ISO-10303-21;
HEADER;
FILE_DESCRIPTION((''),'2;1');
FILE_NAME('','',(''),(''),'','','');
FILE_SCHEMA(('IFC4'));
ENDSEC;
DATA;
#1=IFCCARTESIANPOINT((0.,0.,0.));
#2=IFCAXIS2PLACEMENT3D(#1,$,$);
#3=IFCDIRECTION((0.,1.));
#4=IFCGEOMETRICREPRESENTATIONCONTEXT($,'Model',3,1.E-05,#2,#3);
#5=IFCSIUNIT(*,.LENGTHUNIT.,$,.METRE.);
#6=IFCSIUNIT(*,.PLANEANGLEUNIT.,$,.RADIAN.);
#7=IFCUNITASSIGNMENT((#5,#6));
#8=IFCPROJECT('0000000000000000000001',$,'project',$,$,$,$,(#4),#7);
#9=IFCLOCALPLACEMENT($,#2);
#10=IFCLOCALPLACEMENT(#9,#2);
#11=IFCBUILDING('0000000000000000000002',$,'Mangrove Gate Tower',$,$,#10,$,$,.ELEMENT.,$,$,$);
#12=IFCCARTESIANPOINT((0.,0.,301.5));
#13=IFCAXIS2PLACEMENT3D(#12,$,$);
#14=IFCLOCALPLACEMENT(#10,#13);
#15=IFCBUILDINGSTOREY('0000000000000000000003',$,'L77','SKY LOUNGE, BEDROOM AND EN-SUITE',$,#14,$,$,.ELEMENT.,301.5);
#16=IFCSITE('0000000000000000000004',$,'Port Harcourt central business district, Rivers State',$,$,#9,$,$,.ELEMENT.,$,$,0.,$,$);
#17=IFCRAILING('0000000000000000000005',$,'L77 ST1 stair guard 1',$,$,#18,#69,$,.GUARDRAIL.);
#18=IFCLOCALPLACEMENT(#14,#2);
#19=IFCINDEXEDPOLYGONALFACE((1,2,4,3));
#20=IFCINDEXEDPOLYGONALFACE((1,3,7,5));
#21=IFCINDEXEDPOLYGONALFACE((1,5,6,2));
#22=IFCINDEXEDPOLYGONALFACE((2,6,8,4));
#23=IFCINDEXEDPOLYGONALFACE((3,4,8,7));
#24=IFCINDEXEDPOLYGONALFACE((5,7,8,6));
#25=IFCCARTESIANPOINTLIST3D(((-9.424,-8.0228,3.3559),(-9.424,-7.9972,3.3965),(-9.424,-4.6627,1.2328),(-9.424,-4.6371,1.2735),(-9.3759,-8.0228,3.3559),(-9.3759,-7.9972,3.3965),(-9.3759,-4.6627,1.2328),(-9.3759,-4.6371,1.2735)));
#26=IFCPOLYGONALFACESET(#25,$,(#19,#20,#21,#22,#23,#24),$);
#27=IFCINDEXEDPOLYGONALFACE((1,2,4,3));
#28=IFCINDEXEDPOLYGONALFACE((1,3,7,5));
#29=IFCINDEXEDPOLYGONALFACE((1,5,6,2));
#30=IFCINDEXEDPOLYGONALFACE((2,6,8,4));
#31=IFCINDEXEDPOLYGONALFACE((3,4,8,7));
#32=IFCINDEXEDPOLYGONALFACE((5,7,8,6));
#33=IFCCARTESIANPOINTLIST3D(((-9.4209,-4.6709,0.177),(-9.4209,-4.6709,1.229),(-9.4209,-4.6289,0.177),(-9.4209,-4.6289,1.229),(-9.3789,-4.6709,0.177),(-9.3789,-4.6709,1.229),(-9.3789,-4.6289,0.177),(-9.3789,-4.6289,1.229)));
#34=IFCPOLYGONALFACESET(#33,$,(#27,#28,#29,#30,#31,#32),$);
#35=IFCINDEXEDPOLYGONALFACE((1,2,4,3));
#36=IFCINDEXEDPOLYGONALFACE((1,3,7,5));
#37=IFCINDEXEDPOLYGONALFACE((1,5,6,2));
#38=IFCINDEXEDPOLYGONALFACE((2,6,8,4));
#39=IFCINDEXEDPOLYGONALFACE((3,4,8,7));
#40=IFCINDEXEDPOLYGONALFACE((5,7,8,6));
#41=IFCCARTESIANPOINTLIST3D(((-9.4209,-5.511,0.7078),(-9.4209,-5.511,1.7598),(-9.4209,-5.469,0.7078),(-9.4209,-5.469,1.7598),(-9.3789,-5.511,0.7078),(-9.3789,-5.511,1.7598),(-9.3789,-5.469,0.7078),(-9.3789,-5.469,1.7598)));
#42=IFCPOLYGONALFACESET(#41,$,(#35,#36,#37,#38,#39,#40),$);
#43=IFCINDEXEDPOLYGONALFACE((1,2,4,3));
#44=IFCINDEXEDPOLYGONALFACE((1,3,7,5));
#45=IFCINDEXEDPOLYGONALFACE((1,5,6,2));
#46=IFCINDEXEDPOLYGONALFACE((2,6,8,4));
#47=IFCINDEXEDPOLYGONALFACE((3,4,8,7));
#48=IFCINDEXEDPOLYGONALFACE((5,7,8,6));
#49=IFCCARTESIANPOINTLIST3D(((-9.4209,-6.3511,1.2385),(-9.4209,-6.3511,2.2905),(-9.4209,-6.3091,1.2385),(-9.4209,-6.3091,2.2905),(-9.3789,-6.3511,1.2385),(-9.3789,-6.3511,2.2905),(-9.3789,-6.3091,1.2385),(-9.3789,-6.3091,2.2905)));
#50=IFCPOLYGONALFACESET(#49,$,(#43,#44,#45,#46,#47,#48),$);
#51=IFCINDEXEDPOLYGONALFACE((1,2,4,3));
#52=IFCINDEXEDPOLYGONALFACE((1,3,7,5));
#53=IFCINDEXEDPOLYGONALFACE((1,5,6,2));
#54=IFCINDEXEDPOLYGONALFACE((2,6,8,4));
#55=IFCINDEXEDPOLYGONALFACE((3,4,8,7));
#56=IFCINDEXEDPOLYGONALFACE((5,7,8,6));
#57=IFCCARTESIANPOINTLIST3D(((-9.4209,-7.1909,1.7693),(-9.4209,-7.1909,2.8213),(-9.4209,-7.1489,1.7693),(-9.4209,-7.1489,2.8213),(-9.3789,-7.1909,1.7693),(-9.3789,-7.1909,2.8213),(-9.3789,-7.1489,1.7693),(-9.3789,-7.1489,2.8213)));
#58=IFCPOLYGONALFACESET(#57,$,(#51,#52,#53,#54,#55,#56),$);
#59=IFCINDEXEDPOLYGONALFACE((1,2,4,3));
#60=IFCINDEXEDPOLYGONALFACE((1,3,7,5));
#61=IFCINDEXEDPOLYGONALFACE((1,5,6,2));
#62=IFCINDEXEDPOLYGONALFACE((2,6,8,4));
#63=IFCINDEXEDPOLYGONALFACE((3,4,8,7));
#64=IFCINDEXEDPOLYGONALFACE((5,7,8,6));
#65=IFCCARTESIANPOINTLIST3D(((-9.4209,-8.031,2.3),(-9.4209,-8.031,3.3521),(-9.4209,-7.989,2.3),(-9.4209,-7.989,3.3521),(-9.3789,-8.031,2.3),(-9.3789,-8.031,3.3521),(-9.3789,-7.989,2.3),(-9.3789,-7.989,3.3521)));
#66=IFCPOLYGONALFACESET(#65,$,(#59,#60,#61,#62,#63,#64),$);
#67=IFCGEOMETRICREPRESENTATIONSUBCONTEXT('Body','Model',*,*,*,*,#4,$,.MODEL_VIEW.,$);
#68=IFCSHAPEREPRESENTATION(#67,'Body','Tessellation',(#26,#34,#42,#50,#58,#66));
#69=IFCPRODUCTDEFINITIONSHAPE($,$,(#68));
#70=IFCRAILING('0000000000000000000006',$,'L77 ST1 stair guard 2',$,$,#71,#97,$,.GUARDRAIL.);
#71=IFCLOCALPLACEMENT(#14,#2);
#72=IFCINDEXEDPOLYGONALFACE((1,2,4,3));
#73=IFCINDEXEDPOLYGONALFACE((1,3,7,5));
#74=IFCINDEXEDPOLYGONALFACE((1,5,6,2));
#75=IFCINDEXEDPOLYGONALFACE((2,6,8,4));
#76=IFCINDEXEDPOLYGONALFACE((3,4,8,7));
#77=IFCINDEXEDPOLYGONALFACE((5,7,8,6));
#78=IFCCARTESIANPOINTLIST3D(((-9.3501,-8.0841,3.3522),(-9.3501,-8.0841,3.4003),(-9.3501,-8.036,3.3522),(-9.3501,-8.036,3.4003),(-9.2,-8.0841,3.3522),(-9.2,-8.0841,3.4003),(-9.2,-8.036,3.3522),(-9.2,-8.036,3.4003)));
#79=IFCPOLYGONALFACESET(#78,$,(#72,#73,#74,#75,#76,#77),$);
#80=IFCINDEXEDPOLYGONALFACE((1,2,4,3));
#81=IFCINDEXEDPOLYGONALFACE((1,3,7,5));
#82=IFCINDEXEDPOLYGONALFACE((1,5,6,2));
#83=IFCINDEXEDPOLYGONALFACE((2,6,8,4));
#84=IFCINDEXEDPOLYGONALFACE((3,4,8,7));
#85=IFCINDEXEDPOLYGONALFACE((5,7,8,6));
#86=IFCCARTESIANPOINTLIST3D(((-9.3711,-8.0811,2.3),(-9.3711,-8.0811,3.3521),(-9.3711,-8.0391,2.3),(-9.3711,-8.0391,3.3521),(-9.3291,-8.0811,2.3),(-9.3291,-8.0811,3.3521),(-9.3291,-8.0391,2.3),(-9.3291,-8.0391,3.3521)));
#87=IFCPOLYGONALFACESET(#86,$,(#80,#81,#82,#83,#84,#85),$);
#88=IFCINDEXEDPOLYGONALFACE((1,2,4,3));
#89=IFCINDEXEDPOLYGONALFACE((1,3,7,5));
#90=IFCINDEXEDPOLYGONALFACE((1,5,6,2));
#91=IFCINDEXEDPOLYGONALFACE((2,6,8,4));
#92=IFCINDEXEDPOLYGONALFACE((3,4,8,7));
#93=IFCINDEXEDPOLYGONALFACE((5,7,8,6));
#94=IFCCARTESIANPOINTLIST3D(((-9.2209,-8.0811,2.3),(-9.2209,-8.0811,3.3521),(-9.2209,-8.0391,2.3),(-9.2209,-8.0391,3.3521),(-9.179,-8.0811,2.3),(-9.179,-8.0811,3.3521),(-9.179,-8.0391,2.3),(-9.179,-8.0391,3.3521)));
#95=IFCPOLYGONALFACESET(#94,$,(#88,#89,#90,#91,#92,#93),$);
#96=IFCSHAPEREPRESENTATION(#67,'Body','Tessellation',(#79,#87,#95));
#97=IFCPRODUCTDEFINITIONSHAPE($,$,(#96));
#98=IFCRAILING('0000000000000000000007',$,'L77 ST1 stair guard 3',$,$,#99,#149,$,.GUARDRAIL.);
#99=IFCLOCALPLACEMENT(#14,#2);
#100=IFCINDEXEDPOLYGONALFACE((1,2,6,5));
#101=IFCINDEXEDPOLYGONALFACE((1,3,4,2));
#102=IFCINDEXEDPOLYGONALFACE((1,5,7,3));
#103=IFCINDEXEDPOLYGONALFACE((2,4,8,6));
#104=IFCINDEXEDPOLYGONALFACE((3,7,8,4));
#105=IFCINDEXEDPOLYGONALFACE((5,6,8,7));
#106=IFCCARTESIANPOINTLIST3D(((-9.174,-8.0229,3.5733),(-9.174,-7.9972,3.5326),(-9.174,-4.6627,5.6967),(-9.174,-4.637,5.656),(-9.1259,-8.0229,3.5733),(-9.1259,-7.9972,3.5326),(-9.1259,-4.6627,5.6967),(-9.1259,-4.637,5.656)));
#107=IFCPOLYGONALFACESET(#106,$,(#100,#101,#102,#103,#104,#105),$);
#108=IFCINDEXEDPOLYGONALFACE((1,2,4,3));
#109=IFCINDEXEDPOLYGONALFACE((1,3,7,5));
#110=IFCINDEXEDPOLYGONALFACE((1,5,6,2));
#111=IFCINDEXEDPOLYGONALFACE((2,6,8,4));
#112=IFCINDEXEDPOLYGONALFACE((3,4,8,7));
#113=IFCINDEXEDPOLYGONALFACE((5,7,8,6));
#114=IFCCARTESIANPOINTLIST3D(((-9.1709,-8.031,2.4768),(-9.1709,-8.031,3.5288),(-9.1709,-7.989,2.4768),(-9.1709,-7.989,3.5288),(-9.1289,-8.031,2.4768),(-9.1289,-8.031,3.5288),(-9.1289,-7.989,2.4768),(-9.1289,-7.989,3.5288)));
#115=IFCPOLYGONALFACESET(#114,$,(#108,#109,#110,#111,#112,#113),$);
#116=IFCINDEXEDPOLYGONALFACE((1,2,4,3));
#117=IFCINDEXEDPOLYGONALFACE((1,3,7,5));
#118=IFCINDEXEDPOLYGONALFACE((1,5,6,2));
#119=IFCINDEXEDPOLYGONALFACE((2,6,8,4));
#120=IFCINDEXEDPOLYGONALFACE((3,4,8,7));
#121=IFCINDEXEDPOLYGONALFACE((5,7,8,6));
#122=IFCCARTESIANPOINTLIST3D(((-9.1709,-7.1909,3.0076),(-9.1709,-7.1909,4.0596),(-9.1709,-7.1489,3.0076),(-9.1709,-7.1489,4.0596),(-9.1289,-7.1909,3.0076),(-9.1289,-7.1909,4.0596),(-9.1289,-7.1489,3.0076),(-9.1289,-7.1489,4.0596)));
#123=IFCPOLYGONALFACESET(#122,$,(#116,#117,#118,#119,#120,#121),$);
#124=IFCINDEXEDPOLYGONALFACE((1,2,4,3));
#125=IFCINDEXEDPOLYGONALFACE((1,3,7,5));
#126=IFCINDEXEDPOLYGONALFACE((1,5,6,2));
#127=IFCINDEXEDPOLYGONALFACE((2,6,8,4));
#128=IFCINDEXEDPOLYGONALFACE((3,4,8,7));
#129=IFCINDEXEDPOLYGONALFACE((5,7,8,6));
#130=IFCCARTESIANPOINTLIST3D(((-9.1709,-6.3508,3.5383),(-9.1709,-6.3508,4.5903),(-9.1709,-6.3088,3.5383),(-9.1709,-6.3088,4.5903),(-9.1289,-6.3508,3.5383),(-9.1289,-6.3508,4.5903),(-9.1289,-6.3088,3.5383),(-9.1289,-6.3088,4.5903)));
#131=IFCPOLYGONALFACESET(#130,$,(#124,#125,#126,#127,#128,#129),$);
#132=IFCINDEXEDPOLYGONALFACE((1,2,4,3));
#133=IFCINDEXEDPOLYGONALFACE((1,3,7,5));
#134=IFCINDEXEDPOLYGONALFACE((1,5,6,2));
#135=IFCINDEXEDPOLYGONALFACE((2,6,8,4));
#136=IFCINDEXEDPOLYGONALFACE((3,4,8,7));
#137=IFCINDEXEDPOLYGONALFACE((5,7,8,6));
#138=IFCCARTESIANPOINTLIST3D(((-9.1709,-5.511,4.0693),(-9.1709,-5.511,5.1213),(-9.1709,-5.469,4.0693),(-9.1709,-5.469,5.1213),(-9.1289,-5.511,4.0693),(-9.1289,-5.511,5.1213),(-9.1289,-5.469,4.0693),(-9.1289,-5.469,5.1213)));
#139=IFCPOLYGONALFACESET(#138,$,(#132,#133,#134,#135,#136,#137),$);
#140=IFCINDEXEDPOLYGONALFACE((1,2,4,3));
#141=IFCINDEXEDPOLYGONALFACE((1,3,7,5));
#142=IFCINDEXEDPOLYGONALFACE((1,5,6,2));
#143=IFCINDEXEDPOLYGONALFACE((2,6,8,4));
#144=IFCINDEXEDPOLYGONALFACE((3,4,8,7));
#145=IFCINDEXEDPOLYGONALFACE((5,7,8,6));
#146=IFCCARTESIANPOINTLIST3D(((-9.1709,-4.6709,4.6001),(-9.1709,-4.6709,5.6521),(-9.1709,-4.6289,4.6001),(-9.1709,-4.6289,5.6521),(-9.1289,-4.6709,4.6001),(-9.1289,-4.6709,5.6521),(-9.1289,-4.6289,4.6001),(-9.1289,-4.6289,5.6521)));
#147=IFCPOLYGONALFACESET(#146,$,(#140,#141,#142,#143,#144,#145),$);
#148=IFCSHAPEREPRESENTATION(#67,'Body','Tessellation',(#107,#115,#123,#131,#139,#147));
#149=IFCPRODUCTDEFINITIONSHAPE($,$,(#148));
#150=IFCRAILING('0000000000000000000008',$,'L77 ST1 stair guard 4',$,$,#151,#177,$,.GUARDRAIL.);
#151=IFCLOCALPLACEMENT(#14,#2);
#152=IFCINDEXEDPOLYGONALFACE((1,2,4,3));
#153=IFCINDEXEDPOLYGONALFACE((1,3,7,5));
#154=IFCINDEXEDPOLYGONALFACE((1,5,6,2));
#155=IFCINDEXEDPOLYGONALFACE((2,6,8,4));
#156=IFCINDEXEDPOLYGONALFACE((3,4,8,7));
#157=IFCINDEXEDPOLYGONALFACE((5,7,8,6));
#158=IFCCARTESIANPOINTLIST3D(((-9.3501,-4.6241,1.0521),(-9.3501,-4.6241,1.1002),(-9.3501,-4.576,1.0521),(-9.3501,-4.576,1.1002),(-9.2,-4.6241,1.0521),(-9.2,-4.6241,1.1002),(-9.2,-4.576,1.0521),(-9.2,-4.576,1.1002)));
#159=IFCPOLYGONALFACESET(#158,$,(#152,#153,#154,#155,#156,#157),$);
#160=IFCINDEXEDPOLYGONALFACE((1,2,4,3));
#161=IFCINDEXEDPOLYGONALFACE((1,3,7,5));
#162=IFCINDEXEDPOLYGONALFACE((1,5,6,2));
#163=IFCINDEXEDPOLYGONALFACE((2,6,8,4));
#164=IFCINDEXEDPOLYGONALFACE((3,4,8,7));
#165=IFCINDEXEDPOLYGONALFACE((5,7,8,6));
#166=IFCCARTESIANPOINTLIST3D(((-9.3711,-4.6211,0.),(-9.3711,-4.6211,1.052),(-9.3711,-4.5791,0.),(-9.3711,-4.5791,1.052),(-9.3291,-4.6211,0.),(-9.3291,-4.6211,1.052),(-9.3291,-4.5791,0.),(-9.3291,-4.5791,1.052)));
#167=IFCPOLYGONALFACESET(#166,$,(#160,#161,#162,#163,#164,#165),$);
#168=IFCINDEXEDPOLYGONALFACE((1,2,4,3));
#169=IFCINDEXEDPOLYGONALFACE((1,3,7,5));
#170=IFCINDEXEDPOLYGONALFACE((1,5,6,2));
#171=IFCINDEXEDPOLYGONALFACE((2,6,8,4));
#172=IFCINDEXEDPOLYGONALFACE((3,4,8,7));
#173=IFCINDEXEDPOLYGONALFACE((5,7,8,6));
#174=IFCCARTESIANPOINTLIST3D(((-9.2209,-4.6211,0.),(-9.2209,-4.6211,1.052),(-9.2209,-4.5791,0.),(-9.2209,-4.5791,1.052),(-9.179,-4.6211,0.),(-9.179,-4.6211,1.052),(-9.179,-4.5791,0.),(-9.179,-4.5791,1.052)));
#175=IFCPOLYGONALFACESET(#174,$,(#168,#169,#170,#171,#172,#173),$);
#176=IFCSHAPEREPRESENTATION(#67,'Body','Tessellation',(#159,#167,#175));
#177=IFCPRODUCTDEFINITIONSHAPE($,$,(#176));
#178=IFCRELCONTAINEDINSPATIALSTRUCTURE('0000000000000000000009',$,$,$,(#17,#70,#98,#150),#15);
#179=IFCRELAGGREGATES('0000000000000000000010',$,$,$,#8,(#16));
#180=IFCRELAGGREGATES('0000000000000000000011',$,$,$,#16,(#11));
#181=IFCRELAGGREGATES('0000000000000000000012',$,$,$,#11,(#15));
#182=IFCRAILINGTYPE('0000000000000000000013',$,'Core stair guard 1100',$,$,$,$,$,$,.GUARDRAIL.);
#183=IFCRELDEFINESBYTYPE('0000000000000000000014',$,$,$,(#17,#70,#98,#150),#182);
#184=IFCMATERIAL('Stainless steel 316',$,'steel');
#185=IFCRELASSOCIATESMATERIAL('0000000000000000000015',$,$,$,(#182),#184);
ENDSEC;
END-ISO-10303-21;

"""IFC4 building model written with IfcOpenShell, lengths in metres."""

from ifc_helpers import new_model, si_unit, direction, frame, origin, origin_2d, place, context, subcontext, project, spatial, rectangle, extrude, material, type_object, element, save


model = new_model("IFC4")

# Units and contexts
model_context = context("Model", 3, precision=1e-05, world=origin(), true_north=direction((0.0, 1.0)))
body_context = subcontext(model_context, "Body", "Model", "MODEL_VIEW")
ifc_project = project(units=[si_unit("LENGTHUNIT", "METRE"), si_unit("PLANEANGLEUNIT", "RADIAN")], contexts=[model_context])

# Site, building, storey
site_placement = place(None, origin())
site = spatial("IfcSite", under=ifc_project, at=site_placement, Name="Port Harcourt central business district, Rivers State", CompositionType="ELEMENT", RefElevation=0.0)
building_placement = place(site_placement, origin())
building = spatial("IfcBuilding", under=site, at=building_placement, Name="Mangrove Gate Tower", CompositionType="ELEMENT")
storey_placement = place(building_placement, frame((0.0, 0.0, 301.5)))
storey = spatial("IfcBuildingStorey", under=building, at=storey_placement, Name="L77", Description="SKY LOUNGE, BEDROOM AND EN-SUITE", CompositionType="ELEMENT", Elevation=301.5)

# Railings
ifc_material_1 = material(Name="Stainless steel 316", Category="steel")
railing_type_1 = type_object("IfcRailingType", Name="Core stair guard 1100", PredefinedType="GUARDRAIL", material=ifc_material_1)
railing_1_placement = place(storey_placement, frame((-9.3999, -4.6499, 0.177)))
element("IfcRailing", 1, at=railing_1_placement, inside=storey, type_object=railing_type_1, Name="L77 ST1 stair guard 1", PredefinedType="GUARDRAIL", context=body_context, shape_type="SweptSolid", body=[
    extrude(rectangle(XDim=0.0481, YDim=0.0481, at=origin_2d()), frame((0.0, 0.0, 1.0762), z_axis=(0.0, -0.84539, 0.53415), x_axis=(1.0, 0.0, 0.0)), (0.0, 0.0, 1.0), 3.9746),
    extrude(rectangle(XDim=0.042, YDim=0.042, at=origin_2d()), origin(), (0.0, 0.0, 1.0), 1.052),
    extrude(rectangle(XDim=0.042, YDim=0.042, at=origin_2d()), frame((0.0, -0.8401, 0.5308)), (0.0, 0.0, 1.0), 1.052),
    extrude(rectangle(XDim=0.042, YDim=0.042, at=origin_2d()), frame((0.0, -1.6802, 1.0615)), (0.0, 0.0, 1.0), 1.052),
    extrude(rectangle(XDim=0.042, YDim=0.042, at=origin_2d()), frame((0.0, -2.52, 1.5923)), (0.0, 0.0, 1.0), 1.052),
    extrude(rectangle(XDim=0.042, YDim=0.042, at=origin_2d()), frame((0.0, -3.3601, 2.123)), (0.0, 0.0, 1.0), 1.052),
])
railing_2_placement = place(storey_placement, frame((-9.3501, -8.0601, 2.3)))
element("IfcRailing", 2, at=railing_2_placement, inside=storey, type_object=railing_type_1, Name="L77 ST1 stair guard 2", PredefinedType="GUARDRAIL", context=body_context, shape_type="SweptSolid", body=[
    extrude(rectangle(XDim=0.0481, YDim=0.0481, at=origin_2d()), frame((0.0, 0.0, 1.0762), z_axis=(1.0, 0.0, 0.0), x_axis=(0.0, 1.0, 0.0)), (0.0, 0.0, 1.0), 0.1501),
    extrude(rectangle(XDim=0.042, YDim=0.042, at=origin_2d()), origin(), (0.0, 0.0, 1.0), 1.052),
    extrude(rectangle(XDim=0.042, YDim=0.042, at=origin_2d()), frame((0.1501, 0.0, 0.0)), (0.0, 0.0, 1.0), 1.052),
])
railing_3_placement = place(storey_placement, frame((-9.1499, -8.01, 2.4768)))
element("IfcRailing", 3, at=railing_3_placement, inside=storey, type_object=railing_type_1, Name="L77 ST1 stair guard 3", PredefinedType="GUARDRAIL", context=body_context, shape_type="SweptSolid", body=[
    extrude(rectangle(XDim=0.0481, YDim=0.0481, at=origin_2d()), frame((0.0, 0.0, 1.0762), z_axis=(0.0, 0.845362, 0.534194), x_axis=(-1.0, 0.0, 0.0)), (0.0, 0.0, 1.0), 3.9749),
    extrude(rectangle(XDim=0.042, YDim=0.042, at=origin_2d()), origin(), (0.0, 0.0, 1.0), 1.052),
    extrude(rectangle(XDim=0.042, YDim=0.042, at=origin_2d()), frame((0.0, 0.8401, 0.5308)), (0.0, 0.0, 1.0), 1.052),
    extrude(rectangle(XDim=0.042, YDim=0.042, at=origin_2d()), frame((0.0, 1.6802, 1.0615)), (0.0, 0.0, 1.0), 1.052),
    extrude(rectangle(XDim=0.042, YDim=0.042, at=origin_2d()), frame((0.0, 2.52, 1.5925)), (0.0, 0.0, 1.0), 1.052),
    extrude(rectangle(XDim=0.042, YDim=0.042, at=origin_2d()), frame((0.0, 3.3601, 2.1233)), (0.0, 0.0, 1.0), 1.052),
])
railing_4_placement = place(storey_placement, frame((-9.3501, -4.6001, 0.0)))
element("IfcRailing", 4, at=railing_4_placement, inside=storey, type_object=railing_type_1, Name="L77 ST1 stair guard 4", PredefinedType="GUARDRAIL", context=body_context, shape_type="SweptSolid", body=[
    extrude(rectangle(XDim=0.0481, YDim=0.0481, at=origin_2d()), frame((0.0, 0.0, 1.0762), z_axis=(1.0, 0.0, 0.0), x_axis=(0.0, 1.0, 0.0)), (0.0, 0.0, 1.0), 0.1501),
    extrude(rectangle(XDim=0.042, YDim=0.042, at=origin_2d()), origin(), (0.0, 0.0, 1.0), 1.052),
    extrude(rectangle(XDim=0.042, YDim=0.042, at=origin_2d()), frame((0.1501, 0.0, 0.0)), (0.0, 0.0, 1.0), 1.052),
])

save(model, "model.ifc")
